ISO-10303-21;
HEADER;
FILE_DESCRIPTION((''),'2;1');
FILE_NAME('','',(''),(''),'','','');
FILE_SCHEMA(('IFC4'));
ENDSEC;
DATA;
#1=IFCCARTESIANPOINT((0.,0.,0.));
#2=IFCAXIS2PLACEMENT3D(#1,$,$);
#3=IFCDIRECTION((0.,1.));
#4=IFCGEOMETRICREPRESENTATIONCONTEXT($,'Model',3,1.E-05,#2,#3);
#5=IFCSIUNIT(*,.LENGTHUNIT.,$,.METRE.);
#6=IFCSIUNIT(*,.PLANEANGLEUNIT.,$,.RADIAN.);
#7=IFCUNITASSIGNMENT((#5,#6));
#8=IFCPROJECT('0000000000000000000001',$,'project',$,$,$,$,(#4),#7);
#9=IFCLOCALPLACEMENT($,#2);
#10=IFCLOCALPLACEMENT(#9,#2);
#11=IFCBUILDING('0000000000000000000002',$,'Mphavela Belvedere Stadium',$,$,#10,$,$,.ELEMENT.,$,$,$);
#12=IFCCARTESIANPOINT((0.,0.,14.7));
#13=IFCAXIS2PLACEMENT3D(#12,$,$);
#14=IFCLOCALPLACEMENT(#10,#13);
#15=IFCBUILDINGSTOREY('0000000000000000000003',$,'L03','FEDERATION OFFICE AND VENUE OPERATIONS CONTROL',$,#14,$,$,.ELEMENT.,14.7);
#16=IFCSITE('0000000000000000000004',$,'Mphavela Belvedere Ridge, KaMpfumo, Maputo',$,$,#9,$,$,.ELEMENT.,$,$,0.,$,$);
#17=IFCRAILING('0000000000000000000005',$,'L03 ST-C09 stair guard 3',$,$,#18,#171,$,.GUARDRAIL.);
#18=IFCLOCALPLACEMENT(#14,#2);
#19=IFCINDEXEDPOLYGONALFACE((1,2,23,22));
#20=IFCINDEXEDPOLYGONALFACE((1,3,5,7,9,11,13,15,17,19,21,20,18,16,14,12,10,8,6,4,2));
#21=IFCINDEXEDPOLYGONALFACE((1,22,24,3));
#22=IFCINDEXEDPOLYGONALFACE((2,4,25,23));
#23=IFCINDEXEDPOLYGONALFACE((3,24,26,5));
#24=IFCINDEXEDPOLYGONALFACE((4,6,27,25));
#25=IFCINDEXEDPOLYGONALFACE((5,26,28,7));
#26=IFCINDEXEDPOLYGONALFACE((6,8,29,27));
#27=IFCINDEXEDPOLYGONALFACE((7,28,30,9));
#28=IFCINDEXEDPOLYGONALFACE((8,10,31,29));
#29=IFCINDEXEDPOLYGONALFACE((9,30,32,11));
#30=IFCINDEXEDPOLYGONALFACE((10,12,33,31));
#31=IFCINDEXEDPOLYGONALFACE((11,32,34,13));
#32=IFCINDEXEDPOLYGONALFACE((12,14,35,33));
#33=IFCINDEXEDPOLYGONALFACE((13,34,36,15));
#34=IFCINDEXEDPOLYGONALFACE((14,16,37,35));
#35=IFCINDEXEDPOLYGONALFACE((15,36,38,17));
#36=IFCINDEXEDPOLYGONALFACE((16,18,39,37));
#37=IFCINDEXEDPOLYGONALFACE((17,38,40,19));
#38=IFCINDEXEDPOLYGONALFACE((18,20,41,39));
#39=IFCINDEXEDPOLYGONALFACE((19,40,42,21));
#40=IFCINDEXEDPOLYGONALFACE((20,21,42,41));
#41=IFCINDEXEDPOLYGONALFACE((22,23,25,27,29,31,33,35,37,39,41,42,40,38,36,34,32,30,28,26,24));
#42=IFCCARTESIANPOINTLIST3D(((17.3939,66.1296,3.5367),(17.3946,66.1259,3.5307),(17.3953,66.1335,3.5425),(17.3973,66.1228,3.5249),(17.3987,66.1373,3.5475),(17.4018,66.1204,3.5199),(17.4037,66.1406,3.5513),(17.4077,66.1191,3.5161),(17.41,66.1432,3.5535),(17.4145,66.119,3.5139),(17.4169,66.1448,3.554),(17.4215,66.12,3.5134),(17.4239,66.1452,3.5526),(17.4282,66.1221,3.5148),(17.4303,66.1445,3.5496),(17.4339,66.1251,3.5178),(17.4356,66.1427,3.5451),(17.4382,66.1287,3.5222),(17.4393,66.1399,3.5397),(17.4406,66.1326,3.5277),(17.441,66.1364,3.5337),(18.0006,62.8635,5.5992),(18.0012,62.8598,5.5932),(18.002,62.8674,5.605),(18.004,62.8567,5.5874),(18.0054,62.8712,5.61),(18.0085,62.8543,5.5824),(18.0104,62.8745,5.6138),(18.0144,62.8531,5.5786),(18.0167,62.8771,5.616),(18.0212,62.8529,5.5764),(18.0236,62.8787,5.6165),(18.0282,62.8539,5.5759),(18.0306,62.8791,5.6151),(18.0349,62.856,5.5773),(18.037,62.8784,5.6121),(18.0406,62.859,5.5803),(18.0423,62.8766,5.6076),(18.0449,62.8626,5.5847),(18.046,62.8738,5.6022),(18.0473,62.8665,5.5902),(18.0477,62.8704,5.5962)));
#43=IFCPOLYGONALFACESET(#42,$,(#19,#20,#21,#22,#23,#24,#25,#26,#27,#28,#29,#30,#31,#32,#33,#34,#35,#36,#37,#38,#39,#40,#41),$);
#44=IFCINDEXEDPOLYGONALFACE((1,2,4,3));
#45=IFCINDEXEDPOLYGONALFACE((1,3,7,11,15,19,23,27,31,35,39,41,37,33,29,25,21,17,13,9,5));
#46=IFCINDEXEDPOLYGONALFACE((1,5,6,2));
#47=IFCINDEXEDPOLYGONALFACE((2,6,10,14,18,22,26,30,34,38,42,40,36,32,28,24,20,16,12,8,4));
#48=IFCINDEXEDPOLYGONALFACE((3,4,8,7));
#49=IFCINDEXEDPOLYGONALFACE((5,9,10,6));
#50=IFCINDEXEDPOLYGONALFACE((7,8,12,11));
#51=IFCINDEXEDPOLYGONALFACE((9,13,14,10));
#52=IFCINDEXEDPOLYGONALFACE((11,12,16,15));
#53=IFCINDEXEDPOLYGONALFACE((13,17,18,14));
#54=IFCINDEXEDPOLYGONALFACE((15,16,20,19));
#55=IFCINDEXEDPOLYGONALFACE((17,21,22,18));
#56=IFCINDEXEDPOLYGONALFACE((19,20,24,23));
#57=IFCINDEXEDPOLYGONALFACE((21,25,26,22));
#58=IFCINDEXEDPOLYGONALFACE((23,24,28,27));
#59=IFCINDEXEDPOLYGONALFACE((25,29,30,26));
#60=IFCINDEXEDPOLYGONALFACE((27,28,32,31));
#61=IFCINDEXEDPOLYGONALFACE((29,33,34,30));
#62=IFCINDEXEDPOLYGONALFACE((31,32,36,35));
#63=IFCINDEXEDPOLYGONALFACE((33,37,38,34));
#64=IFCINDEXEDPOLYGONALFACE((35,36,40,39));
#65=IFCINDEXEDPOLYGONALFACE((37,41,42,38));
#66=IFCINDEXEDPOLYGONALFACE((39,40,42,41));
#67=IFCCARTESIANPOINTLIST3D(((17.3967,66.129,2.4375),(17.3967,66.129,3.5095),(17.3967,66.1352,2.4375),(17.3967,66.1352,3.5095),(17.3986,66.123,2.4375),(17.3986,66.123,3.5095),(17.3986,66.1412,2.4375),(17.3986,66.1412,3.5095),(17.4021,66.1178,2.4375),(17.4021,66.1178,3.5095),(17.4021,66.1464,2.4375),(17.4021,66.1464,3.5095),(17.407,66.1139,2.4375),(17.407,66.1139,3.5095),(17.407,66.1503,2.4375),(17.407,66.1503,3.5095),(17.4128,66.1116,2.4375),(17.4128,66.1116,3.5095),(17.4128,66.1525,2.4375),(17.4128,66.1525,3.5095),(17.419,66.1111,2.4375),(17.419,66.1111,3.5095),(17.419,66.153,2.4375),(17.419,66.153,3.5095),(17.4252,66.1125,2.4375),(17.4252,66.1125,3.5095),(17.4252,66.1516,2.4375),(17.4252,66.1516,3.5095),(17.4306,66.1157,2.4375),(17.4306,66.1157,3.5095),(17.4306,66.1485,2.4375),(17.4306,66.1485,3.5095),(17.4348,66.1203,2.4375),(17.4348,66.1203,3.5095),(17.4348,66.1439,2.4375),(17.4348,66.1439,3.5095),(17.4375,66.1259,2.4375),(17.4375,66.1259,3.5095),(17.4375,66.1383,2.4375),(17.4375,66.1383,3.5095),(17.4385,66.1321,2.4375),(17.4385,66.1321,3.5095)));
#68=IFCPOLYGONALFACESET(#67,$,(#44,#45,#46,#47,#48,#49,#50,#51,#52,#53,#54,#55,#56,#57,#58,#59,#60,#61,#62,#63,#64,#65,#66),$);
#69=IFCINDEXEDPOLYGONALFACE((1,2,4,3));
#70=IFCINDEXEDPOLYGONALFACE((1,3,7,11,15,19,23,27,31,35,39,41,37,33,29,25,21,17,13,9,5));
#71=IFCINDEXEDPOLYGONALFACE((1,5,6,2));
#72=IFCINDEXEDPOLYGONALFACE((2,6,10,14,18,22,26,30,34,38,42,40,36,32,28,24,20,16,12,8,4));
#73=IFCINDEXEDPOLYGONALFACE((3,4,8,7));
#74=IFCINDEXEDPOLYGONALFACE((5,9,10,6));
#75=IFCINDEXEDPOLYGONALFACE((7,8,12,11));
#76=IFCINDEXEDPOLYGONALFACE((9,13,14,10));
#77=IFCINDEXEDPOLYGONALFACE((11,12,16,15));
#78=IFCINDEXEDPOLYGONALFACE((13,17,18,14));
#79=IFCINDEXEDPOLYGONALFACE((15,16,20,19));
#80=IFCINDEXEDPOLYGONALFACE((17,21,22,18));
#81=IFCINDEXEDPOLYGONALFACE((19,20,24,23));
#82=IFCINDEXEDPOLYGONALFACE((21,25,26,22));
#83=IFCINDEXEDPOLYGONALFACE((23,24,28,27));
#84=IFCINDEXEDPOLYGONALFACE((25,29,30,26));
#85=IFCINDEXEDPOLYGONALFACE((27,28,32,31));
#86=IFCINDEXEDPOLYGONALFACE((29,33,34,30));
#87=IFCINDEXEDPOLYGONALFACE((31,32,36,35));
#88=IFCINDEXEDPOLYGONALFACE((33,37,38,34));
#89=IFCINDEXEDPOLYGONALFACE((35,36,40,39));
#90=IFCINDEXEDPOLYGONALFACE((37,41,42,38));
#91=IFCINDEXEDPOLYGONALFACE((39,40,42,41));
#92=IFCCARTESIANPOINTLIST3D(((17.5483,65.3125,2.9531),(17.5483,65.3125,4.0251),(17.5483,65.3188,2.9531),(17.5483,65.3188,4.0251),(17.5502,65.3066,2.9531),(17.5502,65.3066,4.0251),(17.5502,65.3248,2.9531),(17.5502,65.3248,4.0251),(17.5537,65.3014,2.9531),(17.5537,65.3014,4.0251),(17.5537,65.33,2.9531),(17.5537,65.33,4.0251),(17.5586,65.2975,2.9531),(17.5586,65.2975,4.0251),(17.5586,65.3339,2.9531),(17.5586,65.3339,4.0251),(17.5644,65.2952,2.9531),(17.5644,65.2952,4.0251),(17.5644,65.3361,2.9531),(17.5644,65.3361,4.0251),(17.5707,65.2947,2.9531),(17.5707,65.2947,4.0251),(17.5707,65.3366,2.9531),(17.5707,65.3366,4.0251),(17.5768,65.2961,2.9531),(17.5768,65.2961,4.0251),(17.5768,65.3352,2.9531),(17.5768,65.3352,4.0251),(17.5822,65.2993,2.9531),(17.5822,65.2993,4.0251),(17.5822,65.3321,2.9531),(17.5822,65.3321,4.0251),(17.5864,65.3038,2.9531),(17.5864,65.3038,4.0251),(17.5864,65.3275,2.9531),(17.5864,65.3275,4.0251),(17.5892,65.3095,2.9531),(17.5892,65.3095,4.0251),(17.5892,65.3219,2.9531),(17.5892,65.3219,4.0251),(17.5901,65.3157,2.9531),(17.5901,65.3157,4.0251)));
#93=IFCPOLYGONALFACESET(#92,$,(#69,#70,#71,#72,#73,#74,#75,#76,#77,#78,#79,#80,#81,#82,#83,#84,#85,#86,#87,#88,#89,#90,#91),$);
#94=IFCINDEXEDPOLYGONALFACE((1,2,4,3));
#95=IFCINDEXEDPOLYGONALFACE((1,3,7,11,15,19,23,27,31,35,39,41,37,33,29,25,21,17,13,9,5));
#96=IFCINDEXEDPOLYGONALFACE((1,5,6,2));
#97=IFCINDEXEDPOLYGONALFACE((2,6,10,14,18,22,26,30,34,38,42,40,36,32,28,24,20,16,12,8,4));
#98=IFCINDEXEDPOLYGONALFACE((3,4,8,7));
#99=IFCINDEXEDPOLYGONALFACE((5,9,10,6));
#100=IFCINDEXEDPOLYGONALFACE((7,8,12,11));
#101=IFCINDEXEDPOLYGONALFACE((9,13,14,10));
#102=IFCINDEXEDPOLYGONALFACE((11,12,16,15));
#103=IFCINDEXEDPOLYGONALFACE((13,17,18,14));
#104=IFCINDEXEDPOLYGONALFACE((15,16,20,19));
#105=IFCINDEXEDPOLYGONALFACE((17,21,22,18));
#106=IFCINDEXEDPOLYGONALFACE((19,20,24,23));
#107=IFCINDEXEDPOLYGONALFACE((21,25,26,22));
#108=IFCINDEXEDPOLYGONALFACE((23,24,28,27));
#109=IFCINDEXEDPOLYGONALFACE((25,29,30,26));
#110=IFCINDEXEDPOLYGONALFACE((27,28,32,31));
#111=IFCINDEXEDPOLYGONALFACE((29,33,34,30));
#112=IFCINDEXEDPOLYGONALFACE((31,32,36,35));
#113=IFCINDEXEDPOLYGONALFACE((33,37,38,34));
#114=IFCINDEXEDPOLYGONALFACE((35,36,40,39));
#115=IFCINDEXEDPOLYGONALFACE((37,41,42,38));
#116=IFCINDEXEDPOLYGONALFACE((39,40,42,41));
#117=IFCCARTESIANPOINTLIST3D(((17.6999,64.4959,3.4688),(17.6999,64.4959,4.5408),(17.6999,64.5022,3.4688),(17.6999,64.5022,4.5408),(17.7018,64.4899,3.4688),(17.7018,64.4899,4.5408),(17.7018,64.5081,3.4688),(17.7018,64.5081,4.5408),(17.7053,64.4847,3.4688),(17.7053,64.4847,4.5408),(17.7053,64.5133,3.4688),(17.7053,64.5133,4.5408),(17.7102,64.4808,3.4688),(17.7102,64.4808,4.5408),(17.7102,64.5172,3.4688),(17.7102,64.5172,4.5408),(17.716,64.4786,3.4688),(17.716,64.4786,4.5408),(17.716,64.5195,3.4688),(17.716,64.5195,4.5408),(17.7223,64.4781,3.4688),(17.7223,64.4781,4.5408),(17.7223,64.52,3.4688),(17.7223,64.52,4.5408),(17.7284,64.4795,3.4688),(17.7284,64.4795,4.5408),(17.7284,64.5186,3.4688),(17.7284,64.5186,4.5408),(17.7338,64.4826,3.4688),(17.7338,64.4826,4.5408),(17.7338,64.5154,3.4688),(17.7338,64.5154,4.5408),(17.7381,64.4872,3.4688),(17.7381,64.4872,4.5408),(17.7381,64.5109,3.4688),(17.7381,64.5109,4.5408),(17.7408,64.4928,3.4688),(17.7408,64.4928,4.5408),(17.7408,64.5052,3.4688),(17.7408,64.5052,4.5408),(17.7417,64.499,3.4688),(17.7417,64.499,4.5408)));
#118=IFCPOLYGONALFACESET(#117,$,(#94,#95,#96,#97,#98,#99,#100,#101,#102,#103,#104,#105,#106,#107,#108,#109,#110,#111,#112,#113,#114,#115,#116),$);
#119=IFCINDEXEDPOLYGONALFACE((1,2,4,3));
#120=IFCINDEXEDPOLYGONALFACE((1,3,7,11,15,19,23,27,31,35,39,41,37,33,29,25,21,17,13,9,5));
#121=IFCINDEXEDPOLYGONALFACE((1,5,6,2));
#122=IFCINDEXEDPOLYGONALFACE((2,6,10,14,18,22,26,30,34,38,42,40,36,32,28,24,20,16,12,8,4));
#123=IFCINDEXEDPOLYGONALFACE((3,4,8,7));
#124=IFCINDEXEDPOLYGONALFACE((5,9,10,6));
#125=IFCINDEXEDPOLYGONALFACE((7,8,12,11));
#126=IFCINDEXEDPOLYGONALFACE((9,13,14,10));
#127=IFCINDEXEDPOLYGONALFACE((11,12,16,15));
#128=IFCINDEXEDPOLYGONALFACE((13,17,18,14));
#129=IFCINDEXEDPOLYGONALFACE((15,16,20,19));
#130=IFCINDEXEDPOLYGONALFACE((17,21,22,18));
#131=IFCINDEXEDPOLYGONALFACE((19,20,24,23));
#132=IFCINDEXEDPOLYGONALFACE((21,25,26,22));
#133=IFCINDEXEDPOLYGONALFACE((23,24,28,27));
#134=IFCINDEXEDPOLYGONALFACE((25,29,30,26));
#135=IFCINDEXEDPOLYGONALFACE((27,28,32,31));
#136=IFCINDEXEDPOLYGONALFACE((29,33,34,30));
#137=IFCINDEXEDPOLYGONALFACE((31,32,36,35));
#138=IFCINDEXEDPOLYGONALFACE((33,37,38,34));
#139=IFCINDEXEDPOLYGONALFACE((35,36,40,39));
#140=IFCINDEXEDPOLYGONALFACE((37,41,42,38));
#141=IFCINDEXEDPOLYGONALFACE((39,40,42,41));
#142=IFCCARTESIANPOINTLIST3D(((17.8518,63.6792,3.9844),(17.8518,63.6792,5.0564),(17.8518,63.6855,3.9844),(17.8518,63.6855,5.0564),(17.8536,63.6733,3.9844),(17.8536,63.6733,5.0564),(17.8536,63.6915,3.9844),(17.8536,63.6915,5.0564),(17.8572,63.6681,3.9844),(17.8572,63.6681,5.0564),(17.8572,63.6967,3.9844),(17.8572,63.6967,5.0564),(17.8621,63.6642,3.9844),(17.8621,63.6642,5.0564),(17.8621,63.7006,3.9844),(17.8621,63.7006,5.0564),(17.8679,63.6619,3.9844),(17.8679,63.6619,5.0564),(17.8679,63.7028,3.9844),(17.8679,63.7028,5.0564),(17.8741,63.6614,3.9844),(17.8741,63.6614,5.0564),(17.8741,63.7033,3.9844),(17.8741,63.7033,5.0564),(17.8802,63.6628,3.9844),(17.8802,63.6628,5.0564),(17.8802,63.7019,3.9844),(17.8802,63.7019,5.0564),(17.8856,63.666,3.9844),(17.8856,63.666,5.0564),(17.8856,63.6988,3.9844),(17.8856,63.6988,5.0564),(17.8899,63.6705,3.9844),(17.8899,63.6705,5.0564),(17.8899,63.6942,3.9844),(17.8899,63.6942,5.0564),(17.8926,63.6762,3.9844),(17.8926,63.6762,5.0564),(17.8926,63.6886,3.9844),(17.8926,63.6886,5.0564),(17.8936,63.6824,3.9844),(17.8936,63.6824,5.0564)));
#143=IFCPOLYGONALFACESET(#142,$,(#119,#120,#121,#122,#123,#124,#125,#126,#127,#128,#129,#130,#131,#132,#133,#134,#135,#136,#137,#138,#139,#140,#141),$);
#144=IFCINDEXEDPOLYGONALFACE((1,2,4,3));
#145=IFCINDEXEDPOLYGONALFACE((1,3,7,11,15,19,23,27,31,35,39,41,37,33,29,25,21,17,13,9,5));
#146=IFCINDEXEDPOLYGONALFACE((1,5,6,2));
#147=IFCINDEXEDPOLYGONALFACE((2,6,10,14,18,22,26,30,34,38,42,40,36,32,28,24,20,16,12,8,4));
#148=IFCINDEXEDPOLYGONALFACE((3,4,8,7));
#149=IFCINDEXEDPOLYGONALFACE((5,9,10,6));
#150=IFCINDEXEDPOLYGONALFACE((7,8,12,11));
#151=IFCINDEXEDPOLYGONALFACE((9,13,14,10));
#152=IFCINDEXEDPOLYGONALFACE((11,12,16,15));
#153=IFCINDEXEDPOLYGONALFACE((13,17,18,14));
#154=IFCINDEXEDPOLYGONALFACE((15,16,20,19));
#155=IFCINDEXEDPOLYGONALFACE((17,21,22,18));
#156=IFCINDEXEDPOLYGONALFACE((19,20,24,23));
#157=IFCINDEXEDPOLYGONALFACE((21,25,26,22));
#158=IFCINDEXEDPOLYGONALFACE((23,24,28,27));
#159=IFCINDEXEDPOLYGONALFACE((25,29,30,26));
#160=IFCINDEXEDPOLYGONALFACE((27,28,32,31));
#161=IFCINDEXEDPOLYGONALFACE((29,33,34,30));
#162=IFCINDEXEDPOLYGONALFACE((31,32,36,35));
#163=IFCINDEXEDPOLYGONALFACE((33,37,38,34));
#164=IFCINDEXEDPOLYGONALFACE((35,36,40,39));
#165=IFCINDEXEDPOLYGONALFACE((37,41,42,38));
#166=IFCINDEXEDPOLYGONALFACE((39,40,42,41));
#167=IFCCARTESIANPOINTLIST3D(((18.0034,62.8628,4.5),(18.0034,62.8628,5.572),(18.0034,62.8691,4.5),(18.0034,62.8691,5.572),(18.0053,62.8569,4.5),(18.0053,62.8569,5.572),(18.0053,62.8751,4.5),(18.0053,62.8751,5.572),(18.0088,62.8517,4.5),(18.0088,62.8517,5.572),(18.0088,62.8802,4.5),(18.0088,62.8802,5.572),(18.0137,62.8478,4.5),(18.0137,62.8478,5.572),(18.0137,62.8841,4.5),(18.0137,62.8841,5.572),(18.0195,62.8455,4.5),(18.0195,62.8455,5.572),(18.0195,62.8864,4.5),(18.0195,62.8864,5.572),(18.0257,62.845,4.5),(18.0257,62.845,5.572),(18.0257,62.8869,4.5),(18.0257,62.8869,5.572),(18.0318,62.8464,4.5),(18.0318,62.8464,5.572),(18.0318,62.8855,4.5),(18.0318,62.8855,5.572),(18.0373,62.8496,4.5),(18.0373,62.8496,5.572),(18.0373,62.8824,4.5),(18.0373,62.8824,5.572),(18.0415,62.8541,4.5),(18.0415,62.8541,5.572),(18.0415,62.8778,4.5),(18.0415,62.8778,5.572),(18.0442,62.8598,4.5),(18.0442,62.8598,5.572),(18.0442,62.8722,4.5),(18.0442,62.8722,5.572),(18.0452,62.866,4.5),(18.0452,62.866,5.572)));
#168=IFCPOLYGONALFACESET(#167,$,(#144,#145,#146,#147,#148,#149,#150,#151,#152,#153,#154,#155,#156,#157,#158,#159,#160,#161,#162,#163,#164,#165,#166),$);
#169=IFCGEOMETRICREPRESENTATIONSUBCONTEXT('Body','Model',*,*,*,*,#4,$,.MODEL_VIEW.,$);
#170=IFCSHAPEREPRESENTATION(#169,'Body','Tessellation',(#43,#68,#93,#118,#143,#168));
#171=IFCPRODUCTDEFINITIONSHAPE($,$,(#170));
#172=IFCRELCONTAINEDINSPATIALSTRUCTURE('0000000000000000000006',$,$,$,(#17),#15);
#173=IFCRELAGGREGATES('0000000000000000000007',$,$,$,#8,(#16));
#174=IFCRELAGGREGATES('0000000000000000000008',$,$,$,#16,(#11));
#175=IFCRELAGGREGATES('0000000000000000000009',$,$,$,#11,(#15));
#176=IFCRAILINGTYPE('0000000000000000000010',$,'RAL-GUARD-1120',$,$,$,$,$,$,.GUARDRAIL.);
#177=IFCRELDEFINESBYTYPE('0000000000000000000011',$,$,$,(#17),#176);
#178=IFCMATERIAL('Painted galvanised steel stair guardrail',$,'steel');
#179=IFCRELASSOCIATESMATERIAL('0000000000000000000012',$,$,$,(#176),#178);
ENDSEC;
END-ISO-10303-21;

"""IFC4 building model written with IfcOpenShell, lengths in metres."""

from ifc_helpers import new_model, si_unit, direction, frame, origin, origin_2d, place, context, subcontext, project, spatial, circle, extrude, material, type_object, element, save


model = new_model("IFC4")

# Units and contexts
model_context = context("Model", 3, precision=1e-05, world=origin(), true_north=direction((0.0, 1.0)))
body_context = subcontext(model_context, "Body", "Model", "MODEL_VIEW")
ifc_project = project(units=[si_unit("LENGTHUNIT", "METRE"), si_unit("PLANEANGLEUNIT", "RADIAN")], contexts=[model_context])

# Site, building, storey
site_placement = place(None, origin())
site = spatial("IfcSite", under=ifc_project, at=site_placement, Name="Mphavela Belvedere Ridge, KaMpfumo, Maputo", CompositionType="ELEMENT", RefElevation=0.0)
building_placement = place(site_placement, origin())
building = spatial("IfcBuilding", under=site, at=building_placement, Name="Mphavela Belvedere Stadium", CompositionType="ELEMENT")
storey_placement = place(building_placement, frame((0.0, 0.0, 14.7)))
storey = spatial("IfcBuildingStorey", under=building, at=storey_placement, Name="L03", Description="FEDERATION OFFICE AND VENUE OPERATIONS CONTROL", CompositionType="ELEMENT", Elevation=14.7)

# Railing
ifc_material_1 = material(Name="Painted galvanised steel stair guardrail", Category="steel")
railing_type_1 = type_object("IfcRailingType", Name="RAL-GUARD-1120", PredefinedType="GUARDRAIL", material=ifc_material_1)
railing_1_placement = place(storey_placement, frame((17.4175, 66.1321, 2.4375)))
element("IfcRailing", 1, at=railing_1_placement, inside=storey, type_object=railing_type_1, Name="L03 ST-C09 stair guard 3", PredefinedType="GUARDRAIL", context=body_context, shape_type="SweptSolid", body=[
    extrude(circle(Radius=0.0239, at=origin_2d()), frame((0.0, 0.0, 1.0962), z_axis=(0.155157, -0.835286, 0.52747), x_axis=(0.983182, 0.182629, 0.0)), (0.0, 0.0, 1.0), 3.9102),
    extrude(circle(Radius=0.021, at=origin_2d()), origin(), (0.0, 0.0, 1.0), 1.072),
    extrude(circle(Radius=0.021, at=origin_2d()), frame((0.1516, -0.8164, 0.5156)), (0.0, 0.0, 1.0), 1.072),
    extrude(circle(Radius=0.021, at=origin_2d()), frame((0.3032, -1.6331, 1.0312)), (0.0, 0.0, 1.0), 1.072),
    extrude(circle(Radius=0.021, at=origin_2d()), frame((0.4551, -2.4497, 1.5469)), (0.0, 0.0, 1.0), 1.072),
    extrude(circle(Radius=0.021, at=origin_2d()), frame((0.6067, -3.2661, 2.0625)), (0.0, 0.0, 1.0), 1.072),
])

save(model, "model.ifc")
